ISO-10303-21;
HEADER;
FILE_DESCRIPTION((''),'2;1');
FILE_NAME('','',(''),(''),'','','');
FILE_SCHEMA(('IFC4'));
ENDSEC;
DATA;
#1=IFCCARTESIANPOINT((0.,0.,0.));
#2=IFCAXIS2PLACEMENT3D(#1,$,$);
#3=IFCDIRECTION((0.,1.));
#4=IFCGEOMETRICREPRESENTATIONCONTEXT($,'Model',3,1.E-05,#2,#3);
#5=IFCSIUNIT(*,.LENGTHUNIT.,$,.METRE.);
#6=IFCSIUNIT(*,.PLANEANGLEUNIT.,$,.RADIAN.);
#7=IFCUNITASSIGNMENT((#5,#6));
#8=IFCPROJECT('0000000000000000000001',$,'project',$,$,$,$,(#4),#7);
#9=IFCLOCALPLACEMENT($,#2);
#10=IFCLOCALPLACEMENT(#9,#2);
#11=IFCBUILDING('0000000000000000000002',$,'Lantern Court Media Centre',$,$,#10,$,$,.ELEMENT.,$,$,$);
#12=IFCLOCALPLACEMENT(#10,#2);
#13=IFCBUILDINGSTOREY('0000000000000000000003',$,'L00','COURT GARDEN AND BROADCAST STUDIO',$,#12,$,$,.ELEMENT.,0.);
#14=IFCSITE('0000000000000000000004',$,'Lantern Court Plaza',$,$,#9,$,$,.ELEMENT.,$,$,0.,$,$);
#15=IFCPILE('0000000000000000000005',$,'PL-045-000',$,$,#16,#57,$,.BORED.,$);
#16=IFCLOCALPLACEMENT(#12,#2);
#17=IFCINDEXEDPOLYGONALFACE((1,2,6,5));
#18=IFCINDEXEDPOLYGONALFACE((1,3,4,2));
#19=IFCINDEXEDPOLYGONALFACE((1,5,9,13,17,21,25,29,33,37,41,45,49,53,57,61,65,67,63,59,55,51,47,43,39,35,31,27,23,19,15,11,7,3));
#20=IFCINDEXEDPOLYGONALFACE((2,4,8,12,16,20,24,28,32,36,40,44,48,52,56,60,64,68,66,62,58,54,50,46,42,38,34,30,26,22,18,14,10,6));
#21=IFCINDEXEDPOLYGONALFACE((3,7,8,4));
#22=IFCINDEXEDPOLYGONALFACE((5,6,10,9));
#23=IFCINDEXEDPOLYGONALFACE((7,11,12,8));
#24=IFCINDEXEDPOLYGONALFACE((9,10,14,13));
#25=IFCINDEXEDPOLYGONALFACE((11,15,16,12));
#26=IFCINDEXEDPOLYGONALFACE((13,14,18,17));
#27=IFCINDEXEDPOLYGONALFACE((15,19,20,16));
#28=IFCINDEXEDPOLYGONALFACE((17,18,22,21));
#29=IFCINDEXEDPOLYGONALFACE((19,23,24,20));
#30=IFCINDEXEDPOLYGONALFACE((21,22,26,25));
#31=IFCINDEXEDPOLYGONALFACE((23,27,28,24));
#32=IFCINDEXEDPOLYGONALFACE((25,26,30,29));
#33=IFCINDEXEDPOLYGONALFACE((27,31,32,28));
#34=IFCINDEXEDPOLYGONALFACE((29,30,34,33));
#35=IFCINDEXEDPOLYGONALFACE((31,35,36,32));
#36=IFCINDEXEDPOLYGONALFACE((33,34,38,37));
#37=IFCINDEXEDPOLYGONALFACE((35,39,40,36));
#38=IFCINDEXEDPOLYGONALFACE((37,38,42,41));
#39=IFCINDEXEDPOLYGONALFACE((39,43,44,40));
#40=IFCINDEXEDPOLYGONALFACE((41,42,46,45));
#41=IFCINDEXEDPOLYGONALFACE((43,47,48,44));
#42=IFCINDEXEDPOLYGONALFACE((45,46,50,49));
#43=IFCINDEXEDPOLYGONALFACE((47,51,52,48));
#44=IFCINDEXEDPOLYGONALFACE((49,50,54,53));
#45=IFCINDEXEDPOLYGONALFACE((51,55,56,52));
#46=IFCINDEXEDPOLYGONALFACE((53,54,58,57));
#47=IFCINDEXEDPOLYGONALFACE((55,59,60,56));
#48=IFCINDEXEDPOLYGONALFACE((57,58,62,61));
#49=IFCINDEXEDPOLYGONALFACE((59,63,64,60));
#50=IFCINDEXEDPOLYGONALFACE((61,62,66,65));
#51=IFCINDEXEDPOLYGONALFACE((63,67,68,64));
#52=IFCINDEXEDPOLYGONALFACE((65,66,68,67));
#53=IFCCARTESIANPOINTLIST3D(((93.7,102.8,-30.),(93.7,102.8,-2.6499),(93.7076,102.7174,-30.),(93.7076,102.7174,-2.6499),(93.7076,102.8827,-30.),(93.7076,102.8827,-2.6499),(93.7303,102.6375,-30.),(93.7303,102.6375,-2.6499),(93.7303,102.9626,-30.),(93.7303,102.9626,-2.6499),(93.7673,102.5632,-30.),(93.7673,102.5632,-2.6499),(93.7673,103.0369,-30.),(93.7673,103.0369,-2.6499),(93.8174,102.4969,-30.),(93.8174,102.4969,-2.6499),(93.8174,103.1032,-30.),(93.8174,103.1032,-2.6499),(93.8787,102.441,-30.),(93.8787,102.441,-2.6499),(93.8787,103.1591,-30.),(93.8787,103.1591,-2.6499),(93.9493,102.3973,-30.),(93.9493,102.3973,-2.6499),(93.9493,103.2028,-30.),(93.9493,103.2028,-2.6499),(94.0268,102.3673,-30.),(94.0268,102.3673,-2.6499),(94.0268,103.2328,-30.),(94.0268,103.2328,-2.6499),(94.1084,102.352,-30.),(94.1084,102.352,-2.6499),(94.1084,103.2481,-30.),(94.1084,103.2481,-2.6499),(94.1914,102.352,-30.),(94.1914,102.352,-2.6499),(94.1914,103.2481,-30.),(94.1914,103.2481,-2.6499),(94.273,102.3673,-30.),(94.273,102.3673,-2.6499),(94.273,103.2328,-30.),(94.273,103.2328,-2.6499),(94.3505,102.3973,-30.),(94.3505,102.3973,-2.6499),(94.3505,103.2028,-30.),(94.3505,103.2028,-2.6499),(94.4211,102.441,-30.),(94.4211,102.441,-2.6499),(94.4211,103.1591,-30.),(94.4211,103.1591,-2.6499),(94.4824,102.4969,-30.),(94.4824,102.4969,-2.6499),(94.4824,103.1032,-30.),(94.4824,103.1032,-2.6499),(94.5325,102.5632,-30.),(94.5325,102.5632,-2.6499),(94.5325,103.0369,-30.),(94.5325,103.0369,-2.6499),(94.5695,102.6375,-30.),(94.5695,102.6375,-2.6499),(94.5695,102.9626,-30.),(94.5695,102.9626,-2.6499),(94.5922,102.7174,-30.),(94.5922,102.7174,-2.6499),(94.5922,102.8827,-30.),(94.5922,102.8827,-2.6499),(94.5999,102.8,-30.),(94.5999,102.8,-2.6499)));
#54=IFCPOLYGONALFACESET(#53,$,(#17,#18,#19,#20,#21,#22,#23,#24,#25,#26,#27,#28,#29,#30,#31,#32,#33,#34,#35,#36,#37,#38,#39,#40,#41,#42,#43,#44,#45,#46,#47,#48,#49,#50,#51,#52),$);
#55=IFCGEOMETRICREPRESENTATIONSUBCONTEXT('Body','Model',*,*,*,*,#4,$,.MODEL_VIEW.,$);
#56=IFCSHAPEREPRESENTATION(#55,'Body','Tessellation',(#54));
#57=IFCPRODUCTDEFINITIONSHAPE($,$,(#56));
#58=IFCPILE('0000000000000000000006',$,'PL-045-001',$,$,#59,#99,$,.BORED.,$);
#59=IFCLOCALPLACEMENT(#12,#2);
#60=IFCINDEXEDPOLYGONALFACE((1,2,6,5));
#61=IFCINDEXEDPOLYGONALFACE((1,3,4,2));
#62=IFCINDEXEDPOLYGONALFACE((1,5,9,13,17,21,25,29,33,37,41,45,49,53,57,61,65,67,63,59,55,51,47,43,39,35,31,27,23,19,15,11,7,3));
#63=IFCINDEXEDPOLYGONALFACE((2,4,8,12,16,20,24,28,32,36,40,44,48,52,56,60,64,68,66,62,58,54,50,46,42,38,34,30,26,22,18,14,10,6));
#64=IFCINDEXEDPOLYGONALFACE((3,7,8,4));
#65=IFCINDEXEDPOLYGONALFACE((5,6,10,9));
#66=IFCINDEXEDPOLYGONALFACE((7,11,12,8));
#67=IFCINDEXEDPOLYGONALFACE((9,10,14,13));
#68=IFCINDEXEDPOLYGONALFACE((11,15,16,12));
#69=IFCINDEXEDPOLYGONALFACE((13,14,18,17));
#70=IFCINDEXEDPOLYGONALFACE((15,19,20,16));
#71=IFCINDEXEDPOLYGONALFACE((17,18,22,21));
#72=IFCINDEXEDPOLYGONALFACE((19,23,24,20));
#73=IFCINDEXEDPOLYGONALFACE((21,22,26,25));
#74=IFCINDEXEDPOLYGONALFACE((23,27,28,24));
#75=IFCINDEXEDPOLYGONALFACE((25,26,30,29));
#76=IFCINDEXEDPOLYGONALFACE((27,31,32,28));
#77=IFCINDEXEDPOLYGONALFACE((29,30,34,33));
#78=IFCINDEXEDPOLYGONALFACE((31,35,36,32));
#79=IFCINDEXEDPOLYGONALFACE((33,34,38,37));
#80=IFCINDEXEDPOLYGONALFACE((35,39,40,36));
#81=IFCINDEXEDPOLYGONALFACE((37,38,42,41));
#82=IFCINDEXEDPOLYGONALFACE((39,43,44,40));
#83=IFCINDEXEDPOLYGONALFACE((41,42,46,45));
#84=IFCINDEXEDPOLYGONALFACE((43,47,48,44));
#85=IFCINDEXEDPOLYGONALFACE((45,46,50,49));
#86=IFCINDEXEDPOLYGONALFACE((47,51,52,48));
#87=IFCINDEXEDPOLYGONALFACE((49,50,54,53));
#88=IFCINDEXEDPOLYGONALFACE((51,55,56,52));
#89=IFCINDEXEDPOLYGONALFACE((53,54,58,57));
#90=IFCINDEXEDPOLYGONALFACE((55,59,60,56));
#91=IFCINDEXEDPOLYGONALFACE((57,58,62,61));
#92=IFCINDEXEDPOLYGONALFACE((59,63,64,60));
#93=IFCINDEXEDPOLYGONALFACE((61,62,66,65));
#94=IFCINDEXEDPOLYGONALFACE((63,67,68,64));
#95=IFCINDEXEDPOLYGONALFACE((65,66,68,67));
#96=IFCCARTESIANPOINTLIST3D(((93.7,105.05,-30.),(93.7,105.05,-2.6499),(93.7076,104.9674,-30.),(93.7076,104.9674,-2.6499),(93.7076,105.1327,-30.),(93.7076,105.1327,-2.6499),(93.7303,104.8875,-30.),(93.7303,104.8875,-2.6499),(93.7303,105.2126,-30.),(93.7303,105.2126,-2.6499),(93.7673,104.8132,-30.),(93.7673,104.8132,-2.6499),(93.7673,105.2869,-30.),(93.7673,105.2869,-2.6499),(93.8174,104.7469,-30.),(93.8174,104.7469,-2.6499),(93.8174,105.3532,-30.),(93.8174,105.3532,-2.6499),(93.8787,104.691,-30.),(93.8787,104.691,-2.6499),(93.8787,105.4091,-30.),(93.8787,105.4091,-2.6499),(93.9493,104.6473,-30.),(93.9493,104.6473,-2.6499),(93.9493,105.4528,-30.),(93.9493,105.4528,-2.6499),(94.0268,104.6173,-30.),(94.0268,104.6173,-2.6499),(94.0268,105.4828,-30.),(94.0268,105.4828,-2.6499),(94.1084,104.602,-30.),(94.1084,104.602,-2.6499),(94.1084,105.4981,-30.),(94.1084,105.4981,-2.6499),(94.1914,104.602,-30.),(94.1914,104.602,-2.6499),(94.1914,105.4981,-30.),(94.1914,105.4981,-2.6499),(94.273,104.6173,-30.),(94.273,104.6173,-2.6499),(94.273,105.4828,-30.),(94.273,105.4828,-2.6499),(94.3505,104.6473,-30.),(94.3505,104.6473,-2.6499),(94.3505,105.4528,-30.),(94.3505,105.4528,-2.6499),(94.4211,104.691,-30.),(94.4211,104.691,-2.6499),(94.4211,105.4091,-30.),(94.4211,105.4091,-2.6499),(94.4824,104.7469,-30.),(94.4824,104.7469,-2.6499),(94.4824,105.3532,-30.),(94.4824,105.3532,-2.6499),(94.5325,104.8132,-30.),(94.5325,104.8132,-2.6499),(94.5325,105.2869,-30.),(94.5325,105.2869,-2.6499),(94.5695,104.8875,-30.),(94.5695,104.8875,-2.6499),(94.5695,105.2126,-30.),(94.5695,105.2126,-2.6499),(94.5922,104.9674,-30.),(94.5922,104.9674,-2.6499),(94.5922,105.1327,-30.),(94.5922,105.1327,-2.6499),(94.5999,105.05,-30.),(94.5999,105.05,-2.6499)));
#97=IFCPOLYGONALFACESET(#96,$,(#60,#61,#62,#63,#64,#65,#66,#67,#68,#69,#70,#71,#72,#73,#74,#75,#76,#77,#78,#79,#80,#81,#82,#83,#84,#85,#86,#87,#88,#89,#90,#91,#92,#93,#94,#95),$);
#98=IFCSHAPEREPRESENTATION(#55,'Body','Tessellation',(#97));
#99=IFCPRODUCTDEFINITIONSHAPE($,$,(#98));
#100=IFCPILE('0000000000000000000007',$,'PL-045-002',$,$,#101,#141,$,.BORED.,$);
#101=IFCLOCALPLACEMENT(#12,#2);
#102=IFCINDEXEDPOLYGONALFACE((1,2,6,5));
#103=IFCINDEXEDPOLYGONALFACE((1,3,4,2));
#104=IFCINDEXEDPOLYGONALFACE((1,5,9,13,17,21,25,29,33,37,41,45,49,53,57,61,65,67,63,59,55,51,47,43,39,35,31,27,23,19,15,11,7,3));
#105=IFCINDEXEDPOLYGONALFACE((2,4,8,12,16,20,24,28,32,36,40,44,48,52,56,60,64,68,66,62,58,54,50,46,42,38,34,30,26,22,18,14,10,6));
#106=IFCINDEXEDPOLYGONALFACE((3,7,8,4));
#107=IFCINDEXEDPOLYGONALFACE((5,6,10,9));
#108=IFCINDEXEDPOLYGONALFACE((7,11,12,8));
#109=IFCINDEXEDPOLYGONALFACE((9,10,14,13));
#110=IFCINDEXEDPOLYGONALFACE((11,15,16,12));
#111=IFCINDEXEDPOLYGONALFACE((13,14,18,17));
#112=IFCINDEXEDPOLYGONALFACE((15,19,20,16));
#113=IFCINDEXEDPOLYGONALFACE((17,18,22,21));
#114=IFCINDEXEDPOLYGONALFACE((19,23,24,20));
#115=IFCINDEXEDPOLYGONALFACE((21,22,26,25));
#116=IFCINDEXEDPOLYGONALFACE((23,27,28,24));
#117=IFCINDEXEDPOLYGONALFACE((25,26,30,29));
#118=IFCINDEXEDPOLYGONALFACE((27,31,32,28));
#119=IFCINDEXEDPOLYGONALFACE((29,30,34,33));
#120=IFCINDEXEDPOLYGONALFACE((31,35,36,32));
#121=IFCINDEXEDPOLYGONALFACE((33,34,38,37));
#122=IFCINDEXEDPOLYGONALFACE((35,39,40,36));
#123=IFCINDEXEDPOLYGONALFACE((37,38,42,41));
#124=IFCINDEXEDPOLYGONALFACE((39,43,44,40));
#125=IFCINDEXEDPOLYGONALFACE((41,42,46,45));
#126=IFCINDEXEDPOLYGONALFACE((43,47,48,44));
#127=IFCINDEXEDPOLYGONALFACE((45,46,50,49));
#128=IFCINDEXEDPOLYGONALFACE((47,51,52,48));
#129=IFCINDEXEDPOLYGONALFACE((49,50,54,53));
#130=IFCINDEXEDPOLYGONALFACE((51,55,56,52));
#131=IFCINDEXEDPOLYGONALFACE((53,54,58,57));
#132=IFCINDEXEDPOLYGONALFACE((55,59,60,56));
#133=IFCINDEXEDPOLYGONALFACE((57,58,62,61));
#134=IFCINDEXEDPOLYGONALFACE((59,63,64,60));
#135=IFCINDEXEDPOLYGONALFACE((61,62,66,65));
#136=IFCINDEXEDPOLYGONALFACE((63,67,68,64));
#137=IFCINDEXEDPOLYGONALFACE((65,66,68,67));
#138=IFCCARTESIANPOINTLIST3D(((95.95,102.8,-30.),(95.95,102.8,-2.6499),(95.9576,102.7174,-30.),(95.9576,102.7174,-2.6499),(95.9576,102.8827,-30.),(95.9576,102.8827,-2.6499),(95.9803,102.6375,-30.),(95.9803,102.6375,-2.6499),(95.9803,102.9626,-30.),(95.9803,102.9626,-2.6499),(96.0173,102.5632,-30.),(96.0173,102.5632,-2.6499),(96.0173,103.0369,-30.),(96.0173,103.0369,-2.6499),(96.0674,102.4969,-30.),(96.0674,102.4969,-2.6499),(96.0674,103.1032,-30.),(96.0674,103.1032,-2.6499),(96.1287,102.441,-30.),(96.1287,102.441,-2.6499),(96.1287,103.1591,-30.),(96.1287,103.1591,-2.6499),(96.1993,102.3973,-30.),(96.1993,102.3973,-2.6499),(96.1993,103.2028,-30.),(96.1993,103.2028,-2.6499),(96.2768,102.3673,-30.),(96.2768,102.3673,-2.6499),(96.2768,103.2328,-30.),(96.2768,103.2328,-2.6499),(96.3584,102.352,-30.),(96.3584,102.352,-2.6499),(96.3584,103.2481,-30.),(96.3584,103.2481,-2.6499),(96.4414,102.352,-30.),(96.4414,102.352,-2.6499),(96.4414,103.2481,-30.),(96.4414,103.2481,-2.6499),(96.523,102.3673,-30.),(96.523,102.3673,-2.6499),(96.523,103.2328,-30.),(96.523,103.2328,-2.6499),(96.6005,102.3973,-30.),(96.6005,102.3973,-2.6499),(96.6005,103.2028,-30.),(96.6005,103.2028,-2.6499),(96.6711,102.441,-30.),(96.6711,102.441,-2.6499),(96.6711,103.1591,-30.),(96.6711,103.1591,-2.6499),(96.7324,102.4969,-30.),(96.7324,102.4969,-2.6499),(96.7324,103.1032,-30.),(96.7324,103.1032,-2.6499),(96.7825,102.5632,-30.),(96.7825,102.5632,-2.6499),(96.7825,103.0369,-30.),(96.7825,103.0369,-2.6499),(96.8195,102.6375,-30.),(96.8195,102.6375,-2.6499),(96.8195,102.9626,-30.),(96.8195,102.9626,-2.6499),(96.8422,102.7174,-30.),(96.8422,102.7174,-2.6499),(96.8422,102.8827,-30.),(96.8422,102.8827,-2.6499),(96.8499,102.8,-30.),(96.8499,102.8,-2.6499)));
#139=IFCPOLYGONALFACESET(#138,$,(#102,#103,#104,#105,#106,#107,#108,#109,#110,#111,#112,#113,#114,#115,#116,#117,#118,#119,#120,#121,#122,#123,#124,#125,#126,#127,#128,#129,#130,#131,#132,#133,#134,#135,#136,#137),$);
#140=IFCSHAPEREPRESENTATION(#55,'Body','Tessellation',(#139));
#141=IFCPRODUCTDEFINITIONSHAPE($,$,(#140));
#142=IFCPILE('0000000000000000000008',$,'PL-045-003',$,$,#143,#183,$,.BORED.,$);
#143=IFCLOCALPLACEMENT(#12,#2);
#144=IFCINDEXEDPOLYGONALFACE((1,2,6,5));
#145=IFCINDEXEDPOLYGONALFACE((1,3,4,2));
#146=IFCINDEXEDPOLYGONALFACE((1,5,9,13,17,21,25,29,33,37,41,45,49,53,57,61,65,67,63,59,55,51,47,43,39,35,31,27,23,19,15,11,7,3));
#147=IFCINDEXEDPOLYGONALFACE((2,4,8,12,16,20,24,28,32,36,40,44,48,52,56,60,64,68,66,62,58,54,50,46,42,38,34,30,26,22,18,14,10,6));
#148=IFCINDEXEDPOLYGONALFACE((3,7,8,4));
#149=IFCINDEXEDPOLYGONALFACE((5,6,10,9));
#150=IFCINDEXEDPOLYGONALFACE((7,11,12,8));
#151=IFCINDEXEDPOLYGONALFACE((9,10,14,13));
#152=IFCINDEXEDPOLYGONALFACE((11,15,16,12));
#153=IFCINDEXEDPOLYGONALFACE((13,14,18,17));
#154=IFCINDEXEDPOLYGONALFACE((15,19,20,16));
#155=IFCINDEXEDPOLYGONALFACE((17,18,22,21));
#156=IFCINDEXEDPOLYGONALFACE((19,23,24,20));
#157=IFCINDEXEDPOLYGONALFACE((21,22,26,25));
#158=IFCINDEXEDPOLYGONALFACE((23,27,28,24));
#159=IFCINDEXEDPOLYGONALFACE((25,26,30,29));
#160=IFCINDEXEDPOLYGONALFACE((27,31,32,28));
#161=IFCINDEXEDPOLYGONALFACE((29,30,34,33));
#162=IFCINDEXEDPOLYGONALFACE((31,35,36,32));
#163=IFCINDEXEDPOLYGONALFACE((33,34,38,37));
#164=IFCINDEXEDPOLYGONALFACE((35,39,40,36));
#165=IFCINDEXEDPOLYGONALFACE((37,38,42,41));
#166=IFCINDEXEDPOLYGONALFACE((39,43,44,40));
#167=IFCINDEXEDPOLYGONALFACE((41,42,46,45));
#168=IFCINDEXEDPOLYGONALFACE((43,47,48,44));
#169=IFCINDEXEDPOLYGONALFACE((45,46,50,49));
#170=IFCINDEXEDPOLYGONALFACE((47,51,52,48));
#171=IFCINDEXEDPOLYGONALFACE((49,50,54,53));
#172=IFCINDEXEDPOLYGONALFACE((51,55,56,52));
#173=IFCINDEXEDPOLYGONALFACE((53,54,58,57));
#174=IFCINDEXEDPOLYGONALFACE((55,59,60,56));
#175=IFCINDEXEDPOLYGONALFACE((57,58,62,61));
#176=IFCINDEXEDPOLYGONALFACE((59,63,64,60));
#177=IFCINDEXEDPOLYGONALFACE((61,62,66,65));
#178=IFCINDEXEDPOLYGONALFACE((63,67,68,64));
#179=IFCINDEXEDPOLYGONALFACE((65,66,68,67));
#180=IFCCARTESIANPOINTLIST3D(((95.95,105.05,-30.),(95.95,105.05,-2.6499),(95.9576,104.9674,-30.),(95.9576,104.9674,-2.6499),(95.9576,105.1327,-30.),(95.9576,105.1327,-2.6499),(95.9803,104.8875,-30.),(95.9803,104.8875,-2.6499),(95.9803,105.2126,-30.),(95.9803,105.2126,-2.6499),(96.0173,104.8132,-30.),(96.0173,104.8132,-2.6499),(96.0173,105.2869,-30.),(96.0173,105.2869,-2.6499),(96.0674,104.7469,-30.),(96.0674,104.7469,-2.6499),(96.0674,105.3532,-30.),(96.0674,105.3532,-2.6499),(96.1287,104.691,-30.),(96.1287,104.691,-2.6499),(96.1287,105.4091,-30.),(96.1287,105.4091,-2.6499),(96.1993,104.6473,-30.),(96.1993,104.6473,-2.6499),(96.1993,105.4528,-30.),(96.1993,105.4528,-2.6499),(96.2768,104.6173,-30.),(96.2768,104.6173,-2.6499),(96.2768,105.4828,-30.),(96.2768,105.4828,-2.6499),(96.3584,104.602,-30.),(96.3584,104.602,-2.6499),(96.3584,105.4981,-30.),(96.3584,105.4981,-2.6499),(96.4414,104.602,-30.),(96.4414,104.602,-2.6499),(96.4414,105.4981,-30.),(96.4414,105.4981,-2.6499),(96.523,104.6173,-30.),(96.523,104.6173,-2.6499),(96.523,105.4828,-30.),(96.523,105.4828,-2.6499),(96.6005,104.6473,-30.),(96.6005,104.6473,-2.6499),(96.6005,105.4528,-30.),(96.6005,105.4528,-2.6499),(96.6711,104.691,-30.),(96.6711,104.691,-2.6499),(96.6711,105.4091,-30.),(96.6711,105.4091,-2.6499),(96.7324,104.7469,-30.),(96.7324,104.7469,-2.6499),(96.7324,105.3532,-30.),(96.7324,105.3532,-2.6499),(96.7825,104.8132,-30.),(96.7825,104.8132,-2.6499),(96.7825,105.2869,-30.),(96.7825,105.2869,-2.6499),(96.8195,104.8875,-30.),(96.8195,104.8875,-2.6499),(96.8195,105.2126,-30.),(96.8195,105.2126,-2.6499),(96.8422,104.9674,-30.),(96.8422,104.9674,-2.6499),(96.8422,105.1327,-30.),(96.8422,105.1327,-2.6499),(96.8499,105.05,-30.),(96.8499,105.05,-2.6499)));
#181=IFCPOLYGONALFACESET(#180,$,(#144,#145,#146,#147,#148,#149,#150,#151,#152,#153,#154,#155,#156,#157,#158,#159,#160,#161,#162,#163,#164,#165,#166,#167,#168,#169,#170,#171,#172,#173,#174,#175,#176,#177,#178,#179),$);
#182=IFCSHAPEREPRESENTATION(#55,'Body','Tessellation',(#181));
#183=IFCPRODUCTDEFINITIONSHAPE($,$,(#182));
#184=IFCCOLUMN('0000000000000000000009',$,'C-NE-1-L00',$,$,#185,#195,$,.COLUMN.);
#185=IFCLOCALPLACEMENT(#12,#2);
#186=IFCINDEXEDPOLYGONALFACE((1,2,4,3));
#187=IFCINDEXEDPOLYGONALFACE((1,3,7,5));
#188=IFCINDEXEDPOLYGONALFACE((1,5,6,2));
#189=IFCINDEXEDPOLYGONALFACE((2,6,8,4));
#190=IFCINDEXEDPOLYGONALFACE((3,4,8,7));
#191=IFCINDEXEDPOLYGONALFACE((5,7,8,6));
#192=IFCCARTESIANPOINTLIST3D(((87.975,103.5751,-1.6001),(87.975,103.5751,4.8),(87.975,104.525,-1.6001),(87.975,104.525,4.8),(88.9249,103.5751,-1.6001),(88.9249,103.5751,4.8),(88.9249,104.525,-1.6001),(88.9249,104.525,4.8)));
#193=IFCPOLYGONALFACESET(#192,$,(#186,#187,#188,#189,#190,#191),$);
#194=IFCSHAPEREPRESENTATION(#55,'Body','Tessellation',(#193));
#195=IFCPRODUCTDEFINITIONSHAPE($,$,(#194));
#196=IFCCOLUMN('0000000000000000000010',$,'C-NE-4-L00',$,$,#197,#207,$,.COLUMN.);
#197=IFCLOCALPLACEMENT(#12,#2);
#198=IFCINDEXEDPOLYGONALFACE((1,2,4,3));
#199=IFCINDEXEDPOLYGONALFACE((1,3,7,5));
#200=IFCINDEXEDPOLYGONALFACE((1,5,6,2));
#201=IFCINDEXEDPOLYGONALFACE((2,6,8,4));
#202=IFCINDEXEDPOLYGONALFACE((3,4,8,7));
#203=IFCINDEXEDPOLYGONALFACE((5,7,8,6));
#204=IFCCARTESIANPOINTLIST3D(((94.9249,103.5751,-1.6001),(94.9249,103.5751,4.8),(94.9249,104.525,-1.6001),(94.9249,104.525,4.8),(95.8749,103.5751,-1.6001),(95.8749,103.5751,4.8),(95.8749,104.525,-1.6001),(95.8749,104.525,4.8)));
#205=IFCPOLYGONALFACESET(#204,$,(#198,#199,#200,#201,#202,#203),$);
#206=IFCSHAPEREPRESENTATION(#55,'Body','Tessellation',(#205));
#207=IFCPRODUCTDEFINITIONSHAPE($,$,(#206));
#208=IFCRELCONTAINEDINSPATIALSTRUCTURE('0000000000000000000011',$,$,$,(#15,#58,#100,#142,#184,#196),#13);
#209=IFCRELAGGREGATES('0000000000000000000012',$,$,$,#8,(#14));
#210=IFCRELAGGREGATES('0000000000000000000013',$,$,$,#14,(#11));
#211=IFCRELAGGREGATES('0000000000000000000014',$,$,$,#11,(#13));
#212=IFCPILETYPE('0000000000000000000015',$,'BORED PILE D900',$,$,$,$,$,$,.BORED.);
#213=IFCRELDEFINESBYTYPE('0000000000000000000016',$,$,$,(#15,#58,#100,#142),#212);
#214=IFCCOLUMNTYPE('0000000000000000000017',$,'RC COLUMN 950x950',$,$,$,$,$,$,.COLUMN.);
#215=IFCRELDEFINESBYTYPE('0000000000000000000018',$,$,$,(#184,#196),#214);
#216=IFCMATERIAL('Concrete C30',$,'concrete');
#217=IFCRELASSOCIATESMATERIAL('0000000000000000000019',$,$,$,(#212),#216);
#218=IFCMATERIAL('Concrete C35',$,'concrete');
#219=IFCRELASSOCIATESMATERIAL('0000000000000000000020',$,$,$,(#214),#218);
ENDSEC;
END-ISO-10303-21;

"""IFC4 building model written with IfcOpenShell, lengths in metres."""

from ifc_helpers import new_model, si_unit, direction, frame, origin, origin_2d, place, context, subcontext, project, spatial, rectangle, circle, extrude, material, material_profile, profile_set, type_object, element, save


model = new_model("IFC4")

# Units and contexts
model_context = context("Model", 3, precision=1e-05, world=origin(), true_north=direction((0.0, 1.0)))
body_context = subcontext(model_context, "Body", "Model", "MODEL_VIEW")
ifc_project = project(units=[si_unit("LENGTHUNIT", "METRE"), si_unit("PLANEANGLEUNIT", "RADIAN")], contexts=[model_context])

# Site, building, storey
site_placement = place(None, origin())
site = spatial("IfcSite", under=ifc_project, at=site_placement, Name="Lantern Court Plaza", CompositionType="ELEMENT", RefElevation=0.0)
building_placement = place(site_placement, origin())
building = spatial("IfcBuilding", under=site, at=building_placement, Name="Lantern Court Media Centre", CompositionType="ELEMENT")
storey_placement = place(building_placement, origin())
storey = spatial("IfcBuildingStorey", under=building, at=storey_placement, Name="L00", Description="COURT GARDEN AND BROADCAST STUDIO", CompositionType="ELEMENT", Elevation=0.0)

# Piles
ifc_material_1 = material(Name="Concrete C30", Category="concrete")
ifc_material_profile_1 = material_profile(ifc_material_1, circle(Radius=0.45, at=origin_2d()), Name="D900")
ifc_profile_set_1 = profile_set([ifc_material_profile_1], Name="Concrete C30")
pile_type = type_object("IfcPileType", Name="BORED PILE D900", PredefinedType="BORED", material=ifc_profile_set_1)
for number, where, z_axis, x_axis, name in (
    (1, (94.1499, 102.8, -2.6499), (0.0, 0.0, -1.0), (1.0, 0.0, 0.0), "PL-045-000"),
    (2, (94.1499, 105.05, -2.6499), (0.0, 0.0, -1.0), (1.0, 0.0, 0.0), "PL-045-001"),
    (3, (96.3999, 102.8, -2.6499), (0.0, 0.0, -1.0), (1.0, 0.0, 0.0), "PL-045-002"),
    (4, (96.3999, 105.05, -2.6499), (0.0, 0.0, -1.0), (1.0, 0.0, 0.0), "PL-045-003"),
):
    element("IfcPile", number, at=place(storey_placement, frame(where, z_axis=z_axis, x_axis=x_axis)), inside=storey, type_object=pile_type, Name=name, PredefinedType="BORED", context=body_context, shape_type="SweptSolid", body=[
        extrude(circle(Radius=0.45, at=origin_2d()), origin(), (0.0, 0.0, 1.0), 27.3501),
    ])

# Columns
ifc_material_2 = material(Name="Concrete C35", Category="concrete")
ifc_material_profile_2 = material_profile(ifc_material_2, rectangle(XDim=0.95, YDim=0.95, at=origin_2d()), Name="RC 950x950")
ifc_profile_set_2 = profile_set([ifc_material_profile_2], Name="Concrete C35")
column_type = type_object("IfcColumnType", Name="RC COLUMN 950x950", PredefinedType="COLUMN", material=ifc_profile_set_2)
for number, where, z_axis, x_axis, name in (
    (5, (88.45, 104.05, -1.6001), (0.0, 0.0, 1.0), (1.0, 0.0, 0.0), "C-NE-1-L00"),
    (6, (95.3999, 104.05, -1.6001), (0.0, 0.0, 1.0), (1.0, 0.0, 0.0), "C-NE-4-L00"),
):
    element("IfcColumn", number, at=place(storey_placement, frame(where, z_axis=z_axis, x_axis=x_axis)), inside=storey, type_object=column_type, Name=name, PredefinedType="COLUMN", context=body_context, shape_type="SweptSolid", body=[
        extrude(rectangle(XDim=0.95, YDim=0.95, at=origin_2d()), origin(), (0.0, 0.0, 1.0), 6.4001),
    ])

save(model, "model.ifc")
